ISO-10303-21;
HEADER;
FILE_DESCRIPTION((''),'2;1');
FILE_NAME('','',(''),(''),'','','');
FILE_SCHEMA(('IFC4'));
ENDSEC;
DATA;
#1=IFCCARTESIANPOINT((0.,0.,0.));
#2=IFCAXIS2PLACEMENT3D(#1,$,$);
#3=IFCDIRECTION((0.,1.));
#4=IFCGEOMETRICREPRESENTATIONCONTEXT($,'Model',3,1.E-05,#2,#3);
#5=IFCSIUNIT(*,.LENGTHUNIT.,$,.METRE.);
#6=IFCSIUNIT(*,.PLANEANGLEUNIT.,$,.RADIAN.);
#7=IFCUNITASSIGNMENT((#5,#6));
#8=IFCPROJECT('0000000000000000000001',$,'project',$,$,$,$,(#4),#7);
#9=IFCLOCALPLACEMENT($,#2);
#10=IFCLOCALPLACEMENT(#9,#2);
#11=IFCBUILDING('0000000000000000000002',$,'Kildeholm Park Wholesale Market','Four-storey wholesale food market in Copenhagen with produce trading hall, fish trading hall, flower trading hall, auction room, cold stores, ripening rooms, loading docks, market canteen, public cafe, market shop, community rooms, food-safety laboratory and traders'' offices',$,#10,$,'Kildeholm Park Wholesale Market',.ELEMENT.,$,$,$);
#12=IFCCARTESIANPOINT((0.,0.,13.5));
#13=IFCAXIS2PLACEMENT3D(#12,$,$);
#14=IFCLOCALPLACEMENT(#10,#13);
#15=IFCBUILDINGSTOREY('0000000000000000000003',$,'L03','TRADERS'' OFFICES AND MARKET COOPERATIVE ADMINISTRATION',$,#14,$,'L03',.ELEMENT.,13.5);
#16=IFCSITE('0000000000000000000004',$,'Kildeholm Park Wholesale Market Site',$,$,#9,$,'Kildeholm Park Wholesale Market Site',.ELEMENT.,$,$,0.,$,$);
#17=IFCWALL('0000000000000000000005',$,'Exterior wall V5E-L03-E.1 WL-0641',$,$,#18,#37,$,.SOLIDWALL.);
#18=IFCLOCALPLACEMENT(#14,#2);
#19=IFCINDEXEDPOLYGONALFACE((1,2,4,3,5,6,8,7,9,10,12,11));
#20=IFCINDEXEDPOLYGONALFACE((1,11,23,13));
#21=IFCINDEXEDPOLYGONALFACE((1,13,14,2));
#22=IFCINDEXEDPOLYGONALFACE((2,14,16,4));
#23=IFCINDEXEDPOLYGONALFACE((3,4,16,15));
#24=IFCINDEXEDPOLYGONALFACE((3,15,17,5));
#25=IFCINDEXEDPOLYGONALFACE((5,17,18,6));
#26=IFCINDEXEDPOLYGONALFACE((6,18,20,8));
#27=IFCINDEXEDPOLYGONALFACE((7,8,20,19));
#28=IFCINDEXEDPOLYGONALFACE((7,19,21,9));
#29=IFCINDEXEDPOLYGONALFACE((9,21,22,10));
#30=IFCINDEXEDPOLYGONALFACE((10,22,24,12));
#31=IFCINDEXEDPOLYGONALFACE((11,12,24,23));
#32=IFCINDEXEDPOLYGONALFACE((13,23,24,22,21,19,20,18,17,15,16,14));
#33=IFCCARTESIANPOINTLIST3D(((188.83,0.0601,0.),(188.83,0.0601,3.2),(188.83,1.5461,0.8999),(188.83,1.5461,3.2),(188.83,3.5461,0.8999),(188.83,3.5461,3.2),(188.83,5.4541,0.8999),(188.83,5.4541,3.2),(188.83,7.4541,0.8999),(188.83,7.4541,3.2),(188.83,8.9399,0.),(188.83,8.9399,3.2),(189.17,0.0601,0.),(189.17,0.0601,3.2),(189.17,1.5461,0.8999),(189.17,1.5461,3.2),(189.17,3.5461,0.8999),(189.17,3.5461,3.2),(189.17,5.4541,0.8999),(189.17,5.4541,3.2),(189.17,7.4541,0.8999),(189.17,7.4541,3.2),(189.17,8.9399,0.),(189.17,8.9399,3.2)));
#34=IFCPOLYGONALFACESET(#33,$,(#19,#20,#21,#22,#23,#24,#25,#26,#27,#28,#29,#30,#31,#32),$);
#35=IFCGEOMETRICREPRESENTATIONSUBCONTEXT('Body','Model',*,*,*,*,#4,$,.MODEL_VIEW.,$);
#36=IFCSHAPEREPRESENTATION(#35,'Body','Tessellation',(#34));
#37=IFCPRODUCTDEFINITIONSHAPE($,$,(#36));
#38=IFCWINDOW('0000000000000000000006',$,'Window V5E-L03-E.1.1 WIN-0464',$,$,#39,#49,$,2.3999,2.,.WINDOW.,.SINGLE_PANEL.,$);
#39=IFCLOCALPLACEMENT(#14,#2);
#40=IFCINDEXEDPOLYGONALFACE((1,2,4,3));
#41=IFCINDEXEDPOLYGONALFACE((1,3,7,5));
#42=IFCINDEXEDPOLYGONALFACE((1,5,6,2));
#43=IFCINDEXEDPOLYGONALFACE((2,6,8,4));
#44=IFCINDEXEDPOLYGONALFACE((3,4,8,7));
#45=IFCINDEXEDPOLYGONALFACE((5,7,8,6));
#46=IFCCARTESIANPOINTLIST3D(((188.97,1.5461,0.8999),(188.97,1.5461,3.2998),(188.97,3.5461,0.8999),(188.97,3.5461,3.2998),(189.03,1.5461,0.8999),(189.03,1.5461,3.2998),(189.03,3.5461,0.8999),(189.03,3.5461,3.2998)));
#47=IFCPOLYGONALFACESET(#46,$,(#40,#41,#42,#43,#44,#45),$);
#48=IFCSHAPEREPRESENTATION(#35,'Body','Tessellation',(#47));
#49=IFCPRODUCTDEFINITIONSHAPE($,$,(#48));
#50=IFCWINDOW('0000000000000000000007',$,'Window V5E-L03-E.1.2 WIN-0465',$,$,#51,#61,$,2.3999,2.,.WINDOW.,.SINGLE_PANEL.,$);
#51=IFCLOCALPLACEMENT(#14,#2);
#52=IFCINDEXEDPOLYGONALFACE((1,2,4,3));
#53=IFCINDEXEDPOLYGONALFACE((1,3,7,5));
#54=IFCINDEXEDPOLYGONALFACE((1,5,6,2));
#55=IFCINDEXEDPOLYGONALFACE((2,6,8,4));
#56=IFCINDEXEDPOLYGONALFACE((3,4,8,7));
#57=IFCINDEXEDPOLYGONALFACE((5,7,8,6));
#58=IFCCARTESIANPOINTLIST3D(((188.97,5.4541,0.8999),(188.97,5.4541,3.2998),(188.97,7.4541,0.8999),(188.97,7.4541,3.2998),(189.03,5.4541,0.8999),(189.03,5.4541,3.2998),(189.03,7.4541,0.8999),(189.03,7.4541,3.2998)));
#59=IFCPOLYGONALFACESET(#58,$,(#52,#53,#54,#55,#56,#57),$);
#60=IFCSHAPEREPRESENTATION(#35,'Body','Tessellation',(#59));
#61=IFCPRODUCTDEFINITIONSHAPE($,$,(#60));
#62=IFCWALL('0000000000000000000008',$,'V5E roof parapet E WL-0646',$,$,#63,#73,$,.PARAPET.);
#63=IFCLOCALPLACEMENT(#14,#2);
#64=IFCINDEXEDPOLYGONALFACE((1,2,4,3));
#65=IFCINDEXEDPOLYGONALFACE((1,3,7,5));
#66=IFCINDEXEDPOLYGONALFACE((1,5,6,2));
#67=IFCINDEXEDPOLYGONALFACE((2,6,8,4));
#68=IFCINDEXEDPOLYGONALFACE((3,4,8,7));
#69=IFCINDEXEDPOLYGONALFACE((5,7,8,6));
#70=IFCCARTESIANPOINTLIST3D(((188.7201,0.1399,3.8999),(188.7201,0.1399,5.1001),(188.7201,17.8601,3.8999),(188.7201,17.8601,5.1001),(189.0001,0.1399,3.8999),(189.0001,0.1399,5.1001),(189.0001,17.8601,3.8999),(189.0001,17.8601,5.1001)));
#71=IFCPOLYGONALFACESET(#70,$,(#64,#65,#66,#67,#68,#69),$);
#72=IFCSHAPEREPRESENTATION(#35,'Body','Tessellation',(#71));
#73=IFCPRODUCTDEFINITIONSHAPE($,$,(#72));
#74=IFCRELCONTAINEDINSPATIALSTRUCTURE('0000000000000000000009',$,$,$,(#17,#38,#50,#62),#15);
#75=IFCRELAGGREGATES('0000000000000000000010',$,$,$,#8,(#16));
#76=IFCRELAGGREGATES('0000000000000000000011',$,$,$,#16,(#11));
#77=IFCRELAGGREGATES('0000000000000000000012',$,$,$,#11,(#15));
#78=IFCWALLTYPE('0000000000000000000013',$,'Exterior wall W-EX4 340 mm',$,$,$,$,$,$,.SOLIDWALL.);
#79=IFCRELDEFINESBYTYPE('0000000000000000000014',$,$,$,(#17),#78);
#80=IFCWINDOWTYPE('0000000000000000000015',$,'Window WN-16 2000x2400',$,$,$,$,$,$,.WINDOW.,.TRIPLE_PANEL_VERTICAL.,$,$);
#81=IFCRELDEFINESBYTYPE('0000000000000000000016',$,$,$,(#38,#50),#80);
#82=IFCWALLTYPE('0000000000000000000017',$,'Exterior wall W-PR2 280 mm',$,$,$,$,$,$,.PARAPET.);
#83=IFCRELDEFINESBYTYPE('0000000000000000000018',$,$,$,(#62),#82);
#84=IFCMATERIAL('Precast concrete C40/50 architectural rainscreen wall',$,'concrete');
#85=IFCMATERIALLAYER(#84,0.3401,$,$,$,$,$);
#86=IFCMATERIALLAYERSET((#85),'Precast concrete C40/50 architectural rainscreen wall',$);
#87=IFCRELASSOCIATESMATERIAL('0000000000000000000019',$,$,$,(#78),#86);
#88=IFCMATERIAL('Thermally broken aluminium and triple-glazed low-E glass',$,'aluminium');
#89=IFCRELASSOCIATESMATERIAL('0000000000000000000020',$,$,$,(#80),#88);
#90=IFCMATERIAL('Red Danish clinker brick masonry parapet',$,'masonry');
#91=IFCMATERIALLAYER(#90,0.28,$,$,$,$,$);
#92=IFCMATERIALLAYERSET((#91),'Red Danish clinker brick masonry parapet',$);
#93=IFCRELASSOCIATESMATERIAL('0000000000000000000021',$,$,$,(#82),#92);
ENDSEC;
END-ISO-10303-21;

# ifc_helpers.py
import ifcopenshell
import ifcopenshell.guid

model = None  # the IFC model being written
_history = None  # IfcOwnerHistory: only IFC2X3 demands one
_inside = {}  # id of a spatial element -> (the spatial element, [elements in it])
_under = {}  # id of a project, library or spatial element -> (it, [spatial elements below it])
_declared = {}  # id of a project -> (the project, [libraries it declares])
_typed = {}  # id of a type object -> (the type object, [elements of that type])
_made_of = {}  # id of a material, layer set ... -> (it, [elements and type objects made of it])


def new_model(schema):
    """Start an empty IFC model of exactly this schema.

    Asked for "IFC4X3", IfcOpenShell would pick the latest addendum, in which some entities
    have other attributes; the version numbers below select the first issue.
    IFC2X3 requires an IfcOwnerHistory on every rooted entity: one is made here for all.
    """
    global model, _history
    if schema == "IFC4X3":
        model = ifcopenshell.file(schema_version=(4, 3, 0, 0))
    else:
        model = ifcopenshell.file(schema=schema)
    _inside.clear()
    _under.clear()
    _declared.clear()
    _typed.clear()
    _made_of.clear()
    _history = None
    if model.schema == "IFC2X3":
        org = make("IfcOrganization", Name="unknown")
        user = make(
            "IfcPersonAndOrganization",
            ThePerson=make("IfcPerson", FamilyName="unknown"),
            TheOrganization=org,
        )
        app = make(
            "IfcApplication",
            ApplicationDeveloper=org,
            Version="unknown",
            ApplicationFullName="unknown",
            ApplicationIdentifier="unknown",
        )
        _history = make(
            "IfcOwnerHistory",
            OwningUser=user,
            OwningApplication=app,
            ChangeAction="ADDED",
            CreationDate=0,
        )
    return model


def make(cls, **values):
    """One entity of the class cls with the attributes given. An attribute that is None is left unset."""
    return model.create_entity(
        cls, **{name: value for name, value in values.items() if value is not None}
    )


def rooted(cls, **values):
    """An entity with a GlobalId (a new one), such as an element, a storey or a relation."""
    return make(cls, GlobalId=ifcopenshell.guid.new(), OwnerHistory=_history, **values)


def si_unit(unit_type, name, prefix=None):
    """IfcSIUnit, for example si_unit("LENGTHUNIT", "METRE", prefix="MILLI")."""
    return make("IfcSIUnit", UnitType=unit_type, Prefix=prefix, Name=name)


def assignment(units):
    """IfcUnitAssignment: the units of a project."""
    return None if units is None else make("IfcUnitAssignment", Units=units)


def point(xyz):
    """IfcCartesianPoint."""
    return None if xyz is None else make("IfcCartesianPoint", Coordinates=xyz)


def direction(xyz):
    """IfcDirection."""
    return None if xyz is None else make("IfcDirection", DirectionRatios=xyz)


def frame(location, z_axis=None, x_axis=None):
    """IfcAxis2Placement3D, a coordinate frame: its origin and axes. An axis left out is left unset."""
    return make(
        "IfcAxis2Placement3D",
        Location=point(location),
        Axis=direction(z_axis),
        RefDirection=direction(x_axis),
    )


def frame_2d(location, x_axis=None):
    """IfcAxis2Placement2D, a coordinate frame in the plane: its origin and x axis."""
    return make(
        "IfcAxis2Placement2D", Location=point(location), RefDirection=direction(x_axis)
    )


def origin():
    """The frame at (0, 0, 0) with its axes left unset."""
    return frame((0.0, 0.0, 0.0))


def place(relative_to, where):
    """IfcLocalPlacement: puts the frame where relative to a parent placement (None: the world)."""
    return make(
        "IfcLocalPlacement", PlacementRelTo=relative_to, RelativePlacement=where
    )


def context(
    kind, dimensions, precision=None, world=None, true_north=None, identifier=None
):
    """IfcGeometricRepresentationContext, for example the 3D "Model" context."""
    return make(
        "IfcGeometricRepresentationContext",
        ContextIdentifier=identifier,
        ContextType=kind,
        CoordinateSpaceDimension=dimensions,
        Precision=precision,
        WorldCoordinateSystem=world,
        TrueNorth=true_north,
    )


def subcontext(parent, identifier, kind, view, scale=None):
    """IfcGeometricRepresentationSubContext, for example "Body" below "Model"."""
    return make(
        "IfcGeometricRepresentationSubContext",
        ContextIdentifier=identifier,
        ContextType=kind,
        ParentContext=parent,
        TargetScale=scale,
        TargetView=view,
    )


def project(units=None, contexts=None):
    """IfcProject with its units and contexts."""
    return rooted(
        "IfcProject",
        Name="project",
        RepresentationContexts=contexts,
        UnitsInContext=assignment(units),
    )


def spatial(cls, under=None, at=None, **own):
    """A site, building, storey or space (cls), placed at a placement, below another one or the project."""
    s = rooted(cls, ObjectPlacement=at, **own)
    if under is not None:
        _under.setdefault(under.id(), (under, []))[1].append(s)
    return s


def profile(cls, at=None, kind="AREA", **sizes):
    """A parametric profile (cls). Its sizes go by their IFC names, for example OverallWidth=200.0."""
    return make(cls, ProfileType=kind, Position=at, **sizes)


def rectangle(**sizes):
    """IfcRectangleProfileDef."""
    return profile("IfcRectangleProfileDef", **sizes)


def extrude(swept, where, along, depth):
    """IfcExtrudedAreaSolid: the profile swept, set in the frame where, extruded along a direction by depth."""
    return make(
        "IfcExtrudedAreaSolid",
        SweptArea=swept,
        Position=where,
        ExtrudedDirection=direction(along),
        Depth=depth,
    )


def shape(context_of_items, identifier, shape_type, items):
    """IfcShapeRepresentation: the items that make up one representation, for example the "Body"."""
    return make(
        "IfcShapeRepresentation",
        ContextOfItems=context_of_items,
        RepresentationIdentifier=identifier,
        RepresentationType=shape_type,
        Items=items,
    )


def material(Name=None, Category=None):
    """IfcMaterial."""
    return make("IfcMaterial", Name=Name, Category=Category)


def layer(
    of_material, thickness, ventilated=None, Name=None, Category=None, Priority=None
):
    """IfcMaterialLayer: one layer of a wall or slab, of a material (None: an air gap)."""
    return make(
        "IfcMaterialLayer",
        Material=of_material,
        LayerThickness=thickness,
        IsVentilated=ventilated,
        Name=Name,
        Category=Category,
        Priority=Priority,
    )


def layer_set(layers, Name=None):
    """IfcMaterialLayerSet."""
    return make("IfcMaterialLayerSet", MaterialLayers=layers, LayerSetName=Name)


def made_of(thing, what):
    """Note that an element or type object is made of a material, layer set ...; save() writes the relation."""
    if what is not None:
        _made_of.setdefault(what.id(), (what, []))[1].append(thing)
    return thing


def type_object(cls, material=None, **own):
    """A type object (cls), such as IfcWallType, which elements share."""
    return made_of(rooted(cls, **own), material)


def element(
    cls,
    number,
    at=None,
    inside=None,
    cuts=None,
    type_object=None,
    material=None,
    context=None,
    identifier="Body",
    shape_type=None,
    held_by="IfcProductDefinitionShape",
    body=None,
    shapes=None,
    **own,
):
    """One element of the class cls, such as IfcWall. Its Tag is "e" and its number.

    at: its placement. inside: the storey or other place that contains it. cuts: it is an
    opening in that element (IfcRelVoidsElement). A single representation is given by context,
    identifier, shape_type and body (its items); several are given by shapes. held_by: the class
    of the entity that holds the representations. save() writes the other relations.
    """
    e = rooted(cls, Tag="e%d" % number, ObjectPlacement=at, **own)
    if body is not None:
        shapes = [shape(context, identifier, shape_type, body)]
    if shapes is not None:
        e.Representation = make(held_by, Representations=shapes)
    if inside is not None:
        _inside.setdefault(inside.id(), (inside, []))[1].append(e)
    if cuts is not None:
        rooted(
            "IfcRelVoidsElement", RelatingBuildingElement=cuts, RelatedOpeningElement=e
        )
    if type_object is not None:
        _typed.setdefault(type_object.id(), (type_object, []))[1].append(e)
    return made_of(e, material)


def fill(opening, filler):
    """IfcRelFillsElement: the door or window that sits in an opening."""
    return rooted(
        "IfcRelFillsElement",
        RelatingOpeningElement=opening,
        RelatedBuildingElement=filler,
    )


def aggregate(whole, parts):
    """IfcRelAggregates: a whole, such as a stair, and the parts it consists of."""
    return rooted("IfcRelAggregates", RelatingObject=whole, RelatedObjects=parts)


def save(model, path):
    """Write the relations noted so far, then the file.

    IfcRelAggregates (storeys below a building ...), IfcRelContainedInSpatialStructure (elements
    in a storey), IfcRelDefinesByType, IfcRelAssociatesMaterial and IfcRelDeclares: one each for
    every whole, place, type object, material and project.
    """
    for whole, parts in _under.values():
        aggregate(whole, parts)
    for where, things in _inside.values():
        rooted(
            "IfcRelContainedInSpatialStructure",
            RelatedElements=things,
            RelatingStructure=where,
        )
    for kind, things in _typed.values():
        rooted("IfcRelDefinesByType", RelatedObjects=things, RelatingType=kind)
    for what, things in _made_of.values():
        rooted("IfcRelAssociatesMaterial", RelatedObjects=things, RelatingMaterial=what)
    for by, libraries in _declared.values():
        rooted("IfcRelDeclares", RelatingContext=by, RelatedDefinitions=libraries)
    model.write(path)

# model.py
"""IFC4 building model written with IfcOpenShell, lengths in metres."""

from ifc_helpers import new_model, si_unit, direction, frame, frame_2d, origin, place, context, subcontext, project, spatial, rectangle, extrude, material, layer, layer_set, type_object, element, fill, save


model = new_model("IFC4")

# Units and contexts
model_context = context("Model", 3, precision=1e-05, world=origin(), true_north=direction((0.0, 1.0)))
body_context = subcontext(model_context, "Body", "Model", "MODEL_VIEW")
ifc_project = project(units=[si_unit("LENGTHUNIT", "METRE"), si_unit("PLANEANGLEUNIT", "RADIAN")], contexts=[model_context])

# Site, building, storey
site_placement = place(None, origin())
site = spatial("IfcSite", under=ifc_project, at=site_placement, Name="Kildeholm Park Wholesale Market Site", LongName="Kildeholm Park Wholesale Market Site", CompositionType="ELEMENT", RefElevation=0.0)
building_placement = place(site_placement, origin())
building = spatial("IfcBuilding", under=site, at=building_placement, Name="Kildeholm Park Wholesale Market", Description="Four-storey wholesale food market in Copenhagen with produce trading hall, fish trading hall, flower trading hall, auction room, cold stores, ripening rooms, loading docks, market canteen, public cafe, market shop, community rooms, food-safety laboratory and traders' offices", LongName="Kildeholm Park Wholesale Market", CompositionType="ELEMENT")
storey_placement = place(building_placement, frame((0.0, 0.0, 13.5)))
storey = spatial("IfcBuildingStorey", under=building, at=storey_placement, Name="L03", Description="TRADERS' OFFICES AND MARKET COOPERATIVE ADMINISTRATION", LongName="L03", CompositionType="ELEMENT", Elevation=13.5)

# Wall, openings, windows
ifc_material_1 = material(Name="Precast concrete C40/50 architectural rainscreen wall", Category="concrete")
ifc_layer_1 = layer(ifc_material_1, 0.3401)
ifc_layer_set_1 = layer_set([ifc_layer_1], Name="Precast concrete C40/50 architectural rainscreen wall")
wall_type_1 = type_object("IfcWallType", Name="Exterior wall W-EX4 340 mm", PredefinedType="SOLIDWALL", material=ifc_layer_set_1)
wall_1_placement = place(storey_placement, frame((189.0, 0.0601, 0.0), z_axis=(0.0, 0.0, 1.0), x_axis=(0.0, 1.0, 0.0)))
wall_1 = element("IfcWall", 1, at=wall_1_placement, inside=storey, type_object=wall_type_1, Name="Exterior wall V5E-L03-E.1 WL-0641", PredefinedType="SOLIDWALL", context=body_context, shape_type="SweptSolid", body=[
    extrude(rectangle(XDim=8.8799, YDim=0.3401, at=frame_2d((4.4399, 0.0))), origin(), (0.0, 0.0, 1.0), 3.2),
])
opening_1_placement = place(wall_1_placement, frame((1.4861, 0.0, 0.8999)))
opening_1 = element("IfcOpeningElement", 2, at=opening_1_placement, cuts=wall_1, PredefinedType="OPENING", context=body_context, shape_type="SweptSolid", body=[
    extrude(rectangle(XDim=2.0, YDim=2.3999, at=frame_2d((1.0, 1.2))), frame((0.0, 0.1799, 0.0), z_axis=(0.0, -1.0, 0.0), x_axis=(1.0, 0.0, 0.0)), (0.0, 0.0, 1.0), 0.3601),
])
opening_2_placement = place(wall_1_placement, frame((5.394, 0.0, 0.8999)))
opening_2 = element("IfcOpeningElement", 3, at=opening_2_placement, cuts=wall_1, PredefinedType="OPENING", context=body_context, shape_type="SweptSolid", body=[
    extrude(rectangle(XDim=2.0, YDim=2.3999, at=frame_2d((1.0, 1.2))), frame((0.0, 0.1799, 0.0), z_axis=(0.0, -1.0, 0.0), x_axis=(1.0, 0.0, 0.0)), (0.0, 0.0, 1.0), 0.3601),
])
ifc_material_2 = material(Name="Thermally broken aluminium and triple-glazed low-E glass", Category="aluminium")
window_type = type_object("IfcWindowType", Name="Window WN-16 2000x2400", PartitioningType="TRIPLE_PANEL_VERTICAL", PredefinedType="WINDOW", material=ifc_material_2)
window_1_placement = place(opening_1_placement, origin())
window_1 = element("IfcWindow", 4, at=window_1_placement, inside=storey, type_object=window_type, Name="Window V5E-L03-E.1.1 WIN-0464", OverallHeight=2.3999, OverallWidth=2.0, PartitioningType="SINGLE_PANEL", PredefinedType="WINDOW", context=body_context, shape_type="SweptSolid", body=[
    extrude(rectangle(XDim=2.0, YDim=2.3999, at=frame_2d((1.0, 1.2))), frame((0.0, 0.03, 0.0), z_axis=(0.0, -1.0, 0.0), x_axis=(1.0, 0.0, 0.0)), (0.0, 0.0, 1.0), 0.0601),
])
fill(opening_1, window_1)
window_2_placement = place(opening_2_placement, origin())
window_2 = element("IfcWindow", 5, at=window_2_placement, inside=storey, type_object=window_type, Name="Window V5E-L03-E.1.2 WIN-0465", OverallHeight=2.3999, OverallWidth=2.0, PartitioningType="SINGLE_PANEL", PredefinedType="WINDOW", context=body_context, shape_type="SweptSolid", body=[
    extrude(rectangle(XDim=2.0, YDim=2.3999, at=frame_2d((1.0, 1.2))), frame((0.0, 0.03, 0.0), z_axis=(0.0, -1.0, 0.0), x_axis=(1.0, 0.0, 0.0)), (0.0, 0.0, 1.0), 0.0601),
])
fill(opening_2, window_2)

# Wall
ifc_material_3 = material(Name="Red Danish clinker brick masonry parapet", Category="masonry")
ifc_layer_2 = layer(ifc_material_3, 0.28)
ifc_layer_set_2 = layer_set([ifc_layer_2], Name="Red Danish clinker brick masonry parapet")
wall_type_2 = type_object("IfcWallType", Name="Exterior wall W-PR2 280 mm", PredefinedType="PARAPET", material=ifc_layer_set_2)
wall_2_placement = place(storey_placement, frame((188.8601, 0.1399, 3.8999), z_axis=(0.0, 0.0, 1.0), x_axis=(0.0, 1.0, 0.0)))
element("IfcWall", 6, at=wall_2_placement, inside=storey, type_object=wall_type_2, Name="V5E roof parapet E WL-0646", PredefinedType="PARAPET", context=body_context, shape_type="SweptSolid", body=[
    extrude(rectangle(XDim=17.7202, YDim=0.28, at=frame_2d((8.8601, 0.0))), origin(), (0.0, 0.0, 1.0), 1.2002),
])

save(model, "model.ifc")
